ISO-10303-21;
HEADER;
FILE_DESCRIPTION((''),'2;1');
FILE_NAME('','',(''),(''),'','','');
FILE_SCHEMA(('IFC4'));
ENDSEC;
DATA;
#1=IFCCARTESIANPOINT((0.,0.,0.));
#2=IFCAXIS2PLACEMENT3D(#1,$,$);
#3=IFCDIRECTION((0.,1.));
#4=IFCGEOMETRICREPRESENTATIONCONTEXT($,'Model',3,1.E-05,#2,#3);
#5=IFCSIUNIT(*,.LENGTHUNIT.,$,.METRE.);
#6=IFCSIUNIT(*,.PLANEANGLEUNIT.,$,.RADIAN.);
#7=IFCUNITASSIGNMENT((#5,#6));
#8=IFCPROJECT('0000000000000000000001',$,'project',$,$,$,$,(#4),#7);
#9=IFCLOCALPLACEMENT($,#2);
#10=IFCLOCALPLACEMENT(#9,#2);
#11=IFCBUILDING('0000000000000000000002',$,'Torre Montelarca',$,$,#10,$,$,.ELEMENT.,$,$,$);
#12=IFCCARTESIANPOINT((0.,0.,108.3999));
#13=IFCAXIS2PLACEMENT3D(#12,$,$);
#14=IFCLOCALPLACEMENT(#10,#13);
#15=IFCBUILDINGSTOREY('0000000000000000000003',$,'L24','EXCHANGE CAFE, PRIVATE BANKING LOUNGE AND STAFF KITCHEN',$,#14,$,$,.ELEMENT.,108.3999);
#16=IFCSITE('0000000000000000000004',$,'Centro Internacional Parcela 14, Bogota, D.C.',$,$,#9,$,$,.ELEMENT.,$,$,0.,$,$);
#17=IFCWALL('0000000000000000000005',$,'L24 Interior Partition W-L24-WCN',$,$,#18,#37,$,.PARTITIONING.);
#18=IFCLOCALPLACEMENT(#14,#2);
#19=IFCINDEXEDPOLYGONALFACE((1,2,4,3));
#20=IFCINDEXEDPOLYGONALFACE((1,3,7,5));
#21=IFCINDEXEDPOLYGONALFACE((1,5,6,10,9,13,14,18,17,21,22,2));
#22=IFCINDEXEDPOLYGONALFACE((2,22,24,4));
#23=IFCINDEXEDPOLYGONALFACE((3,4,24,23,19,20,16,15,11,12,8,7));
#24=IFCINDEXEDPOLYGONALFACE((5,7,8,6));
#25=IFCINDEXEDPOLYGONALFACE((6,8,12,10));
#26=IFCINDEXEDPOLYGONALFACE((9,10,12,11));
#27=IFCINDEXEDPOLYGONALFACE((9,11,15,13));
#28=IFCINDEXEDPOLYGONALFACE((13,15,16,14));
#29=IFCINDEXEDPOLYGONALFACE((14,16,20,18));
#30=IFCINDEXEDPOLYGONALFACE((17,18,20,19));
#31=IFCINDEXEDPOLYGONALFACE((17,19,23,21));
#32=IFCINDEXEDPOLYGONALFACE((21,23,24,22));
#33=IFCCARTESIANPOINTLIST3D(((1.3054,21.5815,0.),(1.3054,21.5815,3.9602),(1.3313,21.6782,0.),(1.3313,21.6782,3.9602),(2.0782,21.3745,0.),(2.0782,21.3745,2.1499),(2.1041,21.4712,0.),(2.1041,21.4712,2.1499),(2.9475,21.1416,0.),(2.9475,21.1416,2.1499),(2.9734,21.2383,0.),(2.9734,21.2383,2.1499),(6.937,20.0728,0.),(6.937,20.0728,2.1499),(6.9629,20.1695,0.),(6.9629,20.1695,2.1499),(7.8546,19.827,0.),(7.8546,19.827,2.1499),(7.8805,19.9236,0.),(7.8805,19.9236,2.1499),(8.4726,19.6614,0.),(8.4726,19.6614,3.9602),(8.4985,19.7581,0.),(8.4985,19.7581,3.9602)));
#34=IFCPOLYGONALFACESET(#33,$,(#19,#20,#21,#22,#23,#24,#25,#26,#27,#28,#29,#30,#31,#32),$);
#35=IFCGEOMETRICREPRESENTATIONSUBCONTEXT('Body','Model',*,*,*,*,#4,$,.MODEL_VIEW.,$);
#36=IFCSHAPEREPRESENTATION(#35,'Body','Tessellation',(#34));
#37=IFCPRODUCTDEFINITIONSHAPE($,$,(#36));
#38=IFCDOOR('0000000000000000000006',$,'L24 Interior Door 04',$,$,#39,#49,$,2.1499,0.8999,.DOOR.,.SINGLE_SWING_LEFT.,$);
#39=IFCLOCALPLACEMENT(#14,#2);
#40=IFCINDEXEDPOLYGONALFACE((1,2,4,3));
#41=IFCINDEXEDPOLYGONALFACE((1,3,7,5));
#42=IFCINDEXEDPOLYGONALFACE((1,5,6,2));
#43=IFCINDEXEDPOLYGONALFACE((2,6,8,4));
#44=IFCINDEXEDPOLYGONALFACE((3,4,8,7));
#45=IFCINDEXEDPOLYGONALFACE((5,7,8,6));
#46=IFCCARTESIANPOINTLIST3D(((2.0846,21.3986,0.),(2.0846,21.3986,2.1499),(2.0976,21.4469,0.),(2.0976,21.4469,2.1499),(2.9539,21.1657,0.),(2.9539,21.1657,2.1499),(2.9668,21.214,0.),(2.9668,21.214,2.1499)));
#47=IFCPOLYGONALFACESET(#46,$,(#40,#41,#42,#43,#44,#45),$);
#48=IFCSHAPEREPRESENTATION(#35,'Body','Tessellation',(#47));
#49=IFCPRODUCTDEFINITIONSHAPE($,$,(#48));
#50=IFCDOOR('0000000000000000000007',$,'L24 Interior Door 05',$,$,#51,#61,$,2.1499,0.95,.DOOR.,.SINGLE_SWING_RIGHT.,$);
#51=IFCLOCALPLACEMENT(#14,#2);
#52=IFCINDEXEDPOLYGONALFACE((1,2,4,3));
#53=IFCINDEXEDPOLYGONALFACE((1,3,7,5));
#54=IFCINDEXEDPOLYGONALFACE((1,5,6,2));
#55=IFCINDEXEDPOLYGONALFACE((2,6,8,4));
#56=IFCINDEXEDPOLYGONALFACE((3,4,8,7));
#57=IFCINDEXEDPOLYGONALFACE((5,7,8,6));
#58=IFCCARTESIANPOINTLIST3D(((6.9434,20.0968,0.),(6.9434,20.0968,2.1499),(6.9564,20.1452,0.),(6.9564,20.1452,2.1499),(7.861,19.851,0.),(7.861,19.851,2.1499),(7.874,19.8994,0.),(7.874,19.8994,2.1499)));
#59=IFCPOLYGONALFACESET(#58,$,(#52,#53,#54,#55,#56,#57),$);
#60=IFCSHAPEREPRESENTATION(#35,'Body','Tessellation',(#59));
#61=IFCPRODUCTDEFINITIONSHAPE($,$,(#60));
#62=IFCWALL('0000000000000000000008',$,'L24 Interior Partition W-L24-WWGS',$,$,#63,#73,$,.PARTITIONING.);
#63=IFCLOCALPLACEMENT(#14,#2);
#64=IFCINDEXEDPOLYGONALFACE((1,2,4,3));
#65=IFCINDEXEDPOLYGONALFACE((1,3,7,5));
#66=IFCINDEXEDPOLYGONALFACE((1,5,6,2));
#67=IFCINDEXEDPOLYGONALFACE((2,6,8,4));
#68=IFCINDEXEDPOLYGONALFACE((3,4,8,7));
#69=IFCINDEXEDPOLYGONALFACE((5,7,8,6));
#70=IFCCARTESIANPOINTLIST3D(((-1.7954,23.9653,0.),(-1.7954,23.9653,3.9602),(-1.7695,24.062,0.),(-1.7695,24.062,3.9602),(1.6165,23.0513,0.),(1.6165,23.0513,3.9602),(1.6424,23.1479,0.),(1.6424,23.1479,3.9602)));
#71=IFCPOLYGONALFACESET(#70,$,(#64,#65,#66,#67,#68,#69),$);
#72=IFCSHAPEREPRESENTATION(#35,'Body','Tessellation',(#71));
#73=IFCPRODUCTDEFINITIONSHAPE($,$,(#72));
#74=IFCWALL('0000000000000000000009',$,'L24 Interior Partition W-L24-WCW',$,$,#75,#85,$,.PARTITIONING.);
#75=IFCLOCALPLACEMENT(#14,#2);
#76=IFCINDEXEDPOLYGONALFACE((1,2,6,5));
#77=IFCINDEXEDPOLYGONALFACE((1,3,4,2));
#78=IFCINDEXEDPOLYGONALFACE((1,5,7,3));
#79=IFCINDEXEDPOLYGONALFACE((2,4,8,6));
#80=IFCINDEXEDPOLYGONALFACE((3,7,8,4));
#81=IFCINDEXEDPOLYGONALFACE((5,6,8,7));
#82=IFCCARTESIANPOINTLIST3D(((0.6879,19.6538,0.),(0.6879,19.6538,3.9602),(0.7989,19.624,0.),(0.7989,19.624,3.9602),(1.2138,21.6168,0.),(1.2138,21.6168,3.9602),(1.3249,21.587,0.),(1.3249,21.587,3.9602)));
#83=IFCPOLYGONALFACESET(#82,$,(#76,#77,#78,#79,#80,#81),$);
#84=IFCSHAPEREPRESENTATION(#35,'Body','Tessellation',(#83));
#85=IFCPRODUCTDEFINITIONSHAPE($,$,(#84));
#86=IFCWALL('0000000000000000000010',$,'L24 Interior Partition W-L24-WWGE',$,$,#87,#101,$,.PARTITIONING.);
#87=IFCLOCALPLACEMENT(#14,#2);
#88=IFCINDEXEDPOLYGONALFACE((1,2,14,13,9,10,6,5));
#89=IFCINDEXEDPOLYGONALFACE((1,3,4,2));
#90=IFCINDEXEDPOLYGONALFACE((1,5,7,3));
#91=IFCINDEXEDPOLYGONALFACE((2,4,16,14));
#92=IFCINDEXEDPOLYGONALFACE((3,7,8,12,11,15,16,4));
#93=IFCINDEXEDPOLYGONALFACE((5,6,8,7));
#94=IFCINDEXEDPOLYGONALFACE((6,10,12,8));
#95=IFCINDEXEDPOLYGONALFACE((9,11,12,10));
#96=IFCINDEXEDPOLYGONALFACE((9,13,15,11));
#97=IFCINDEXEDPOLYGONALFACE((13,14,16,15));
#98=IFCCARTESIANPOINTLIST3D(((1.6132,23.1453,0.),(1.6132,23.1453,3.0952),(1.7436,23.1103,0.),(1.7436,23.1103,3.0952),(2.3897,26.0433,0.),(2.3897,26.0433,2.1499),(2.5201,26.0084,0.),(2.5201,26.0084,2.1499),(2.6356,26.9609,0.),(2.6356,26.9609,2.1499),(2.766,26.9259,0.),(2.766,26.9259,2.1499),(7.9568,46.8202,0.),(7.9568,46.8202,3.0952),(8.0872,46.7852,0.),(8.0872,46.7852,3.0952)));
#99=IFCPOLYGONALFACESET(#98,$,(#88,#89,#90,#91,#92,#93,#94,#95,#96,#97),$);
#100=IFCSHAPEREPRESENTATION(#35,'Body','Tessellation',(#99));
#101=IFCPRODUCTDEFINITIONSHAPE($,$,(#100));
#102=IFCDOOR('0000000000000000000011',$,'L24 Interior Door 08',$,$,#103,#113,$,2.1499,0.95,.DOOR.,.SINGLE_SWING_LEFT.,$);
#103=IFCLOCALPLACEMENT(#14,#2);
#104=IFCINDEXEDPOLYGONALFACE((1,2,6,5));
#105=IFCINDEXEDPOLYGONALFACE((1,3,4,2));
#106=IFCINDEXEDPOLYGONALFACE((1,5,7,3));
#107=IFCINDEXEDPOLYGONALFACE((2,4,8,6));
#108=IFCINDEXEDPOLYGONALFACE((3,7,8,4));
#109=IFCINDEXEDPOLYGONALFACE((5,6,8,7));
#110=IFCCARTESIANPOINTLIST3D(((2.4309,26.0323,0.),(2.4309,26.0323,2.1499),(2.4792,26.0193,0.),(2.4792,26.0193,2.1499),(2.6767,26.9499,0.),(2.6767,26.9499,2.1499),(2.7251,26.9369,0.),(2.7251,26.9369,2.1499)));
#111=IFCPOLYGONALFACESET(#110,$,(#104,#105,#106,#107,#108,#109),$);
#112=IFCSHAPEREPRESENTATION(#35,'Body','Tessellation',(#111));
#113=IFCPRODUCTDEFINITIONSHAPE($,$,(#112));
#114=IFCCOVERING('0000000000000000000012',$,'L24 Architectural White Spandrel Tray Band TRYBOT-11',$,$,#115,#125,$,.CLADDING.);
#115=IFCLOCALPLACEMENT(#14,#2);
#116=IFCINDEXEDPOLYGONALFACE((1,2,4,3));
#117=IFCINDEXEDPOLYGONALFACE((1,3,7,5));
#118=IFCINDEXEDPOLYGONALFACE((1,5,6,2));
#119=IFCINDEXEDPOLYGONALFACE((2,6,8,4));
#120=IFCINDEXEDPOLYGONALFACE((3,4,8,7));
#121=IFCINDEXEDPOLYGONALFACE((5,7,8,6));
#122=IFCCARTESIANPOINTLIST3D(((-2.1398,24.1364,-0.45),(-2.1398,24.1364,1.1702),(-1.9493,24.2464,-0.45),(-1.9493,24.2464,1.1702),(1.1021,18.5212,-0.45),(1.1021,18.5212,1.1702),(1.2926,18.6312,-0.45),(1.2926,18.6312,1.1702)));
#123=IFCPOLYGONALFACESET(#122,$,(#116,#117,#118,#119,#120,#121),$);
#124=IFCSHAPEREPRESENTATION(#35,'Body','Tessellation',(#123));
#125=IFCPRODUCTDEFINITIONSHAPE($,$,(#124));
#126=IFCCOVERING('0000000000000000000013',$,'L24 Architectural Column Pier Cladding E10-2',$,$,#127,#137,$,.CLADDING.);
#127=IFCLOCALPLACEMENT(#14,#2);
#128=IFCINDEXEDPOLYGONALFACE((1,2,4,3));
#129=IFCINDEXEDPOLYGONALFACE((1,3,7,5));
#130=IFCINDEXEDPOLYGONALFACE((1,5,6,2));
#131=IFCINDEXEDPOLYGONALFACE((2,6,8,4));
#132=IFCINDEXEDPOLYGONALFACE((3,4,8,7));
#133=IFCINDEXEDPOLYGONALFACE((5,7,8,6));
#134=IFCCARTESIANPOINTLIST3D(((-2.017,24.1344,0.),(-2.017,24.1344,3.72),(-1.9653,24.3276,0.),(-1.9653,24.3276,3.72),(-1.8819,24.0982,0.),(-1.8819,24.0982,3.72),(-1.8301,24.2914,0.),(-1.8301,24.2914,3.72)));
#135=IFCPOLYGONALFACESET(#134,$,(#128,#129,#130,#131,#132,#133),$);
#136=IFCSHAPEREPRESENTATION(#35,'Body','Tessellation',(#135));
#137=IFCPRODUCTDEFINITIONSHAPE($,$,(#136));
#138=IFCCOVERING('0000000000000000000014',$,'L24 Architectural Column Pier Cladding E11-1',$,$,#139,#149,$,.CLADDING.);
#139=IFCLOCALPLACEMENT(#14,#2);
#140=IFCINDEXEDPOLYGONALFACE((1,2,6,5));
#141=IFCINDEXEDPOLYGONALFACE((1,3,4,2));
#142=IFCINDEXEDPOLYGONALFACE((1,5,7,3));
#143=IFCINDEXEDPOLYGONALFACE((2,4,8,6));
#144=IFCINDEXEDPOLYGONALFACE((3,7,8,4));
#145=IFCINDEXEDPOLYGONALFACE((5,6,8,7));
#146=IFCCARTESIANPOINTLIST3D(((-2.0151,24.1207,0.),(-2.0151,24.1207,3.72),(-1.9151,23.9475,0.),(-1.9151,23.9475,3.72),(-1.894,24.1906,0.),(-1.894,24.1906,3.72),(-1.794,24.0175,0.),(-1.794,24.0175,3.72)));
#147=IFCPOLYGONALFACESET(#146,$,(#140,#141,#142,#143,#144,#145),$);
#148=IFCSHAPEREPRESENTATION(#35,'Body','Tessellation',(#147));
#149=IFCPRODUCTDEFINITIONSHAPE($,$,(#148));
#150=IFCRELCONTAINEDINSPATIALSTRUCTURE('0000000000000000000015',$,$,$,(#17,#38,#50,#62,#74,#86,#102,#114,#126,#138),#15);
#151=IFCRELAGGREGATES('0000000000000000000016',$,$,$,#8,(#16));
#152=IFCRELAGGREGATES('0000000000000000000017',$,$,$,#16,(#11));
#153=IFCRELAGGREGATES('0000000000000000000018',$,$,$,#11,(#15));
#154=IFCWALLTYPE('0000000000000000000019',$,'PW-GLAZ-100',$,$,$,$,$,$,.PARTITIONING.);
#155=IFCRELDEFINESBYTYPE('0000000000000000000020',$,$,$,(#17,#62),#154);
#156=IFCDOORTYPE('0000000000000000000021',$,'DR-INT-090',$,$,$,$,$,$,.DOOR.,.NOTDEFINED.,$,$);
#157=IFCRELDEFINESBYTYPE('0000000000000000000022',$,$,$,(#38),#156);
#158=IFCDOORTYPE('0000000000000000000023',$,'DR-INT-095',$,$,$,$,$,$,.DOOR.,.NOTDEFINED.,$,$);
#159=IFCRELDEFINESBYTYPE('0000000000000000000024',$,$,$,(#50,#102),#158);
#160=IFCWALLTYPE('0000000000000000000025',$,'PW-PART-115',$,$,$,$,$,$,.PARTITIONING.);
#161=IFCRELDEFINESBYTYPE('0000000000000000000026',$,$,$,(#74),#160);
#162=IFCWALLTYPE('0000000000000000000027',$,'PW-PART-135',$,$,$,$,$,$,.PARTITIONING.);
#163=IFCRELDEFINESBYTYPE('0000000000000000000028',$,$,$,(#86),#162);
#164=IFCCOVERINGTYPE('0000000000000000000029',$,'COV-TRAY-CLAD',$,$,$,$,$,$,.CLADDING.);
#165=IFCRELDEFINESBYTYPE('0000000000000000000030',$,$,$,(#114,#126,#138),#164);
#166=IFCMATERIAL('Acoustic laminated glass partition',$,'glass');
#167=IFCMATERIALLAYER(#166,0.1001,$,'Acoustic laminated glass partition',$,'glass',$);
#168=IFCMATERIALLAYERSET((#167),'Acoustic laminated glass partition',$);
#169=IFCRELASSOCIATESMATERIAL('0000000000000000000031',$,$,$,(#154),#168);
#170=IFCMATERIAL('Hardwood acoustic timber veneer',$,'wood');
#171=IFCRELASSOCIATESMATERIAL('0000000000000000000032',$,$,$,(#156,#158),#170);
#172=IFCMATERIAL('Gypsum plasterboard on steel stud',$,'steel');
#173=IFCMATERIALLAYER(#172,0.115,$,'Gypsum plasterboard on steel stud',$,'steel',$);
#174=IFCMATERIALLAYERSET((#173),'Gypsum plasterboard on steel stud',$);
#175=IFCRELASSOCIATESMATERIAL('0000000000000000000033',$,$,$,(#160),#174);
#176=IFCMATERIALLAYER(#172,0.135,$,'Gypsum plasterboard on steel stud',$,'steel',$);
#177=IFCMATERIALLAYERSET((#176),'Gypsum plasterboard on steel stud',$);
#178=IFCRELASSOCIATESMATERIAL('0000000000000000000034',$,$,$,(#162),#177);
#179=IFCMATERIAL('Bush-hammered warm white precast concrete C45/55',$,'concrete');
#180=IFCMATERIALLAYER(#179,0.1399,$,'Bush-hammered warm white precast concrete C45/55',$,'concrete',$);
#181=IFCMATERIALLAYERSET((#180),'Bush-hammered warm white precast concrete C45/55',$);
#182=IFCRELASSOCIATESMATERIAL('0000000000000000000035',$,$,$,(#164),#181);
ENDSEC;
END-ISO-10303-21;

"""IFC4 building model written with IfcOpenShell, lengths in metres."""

from ifc_helpers import new_model, si_unit, direction, frame, frame_2d, origin, origin_2d, place, context, subcontext, project, spatial, rectangle, extrude, source, transform, mapped, material, layer, layer_set, type_object, element, fill, save


model = new_model("IFC4")

# Units and contexts
model_context = context("Model", 3, precision=1e-05, world=origin(), true_north=direction((0.0, 1.0)))
body_context = subcontext(model_context, "Body", "Model", "MODEL_VIEW")
ifc_project = project(units=[si_unit("LENGTHUNIT", "METRE"), si_unit("PLANEANGLEUNIT", "RADIAN")], contexts=[model_context])

# Site, building, storey
site_placement = place(None, origin())
site = spatial("IfcSite", under=ifc_project, at=site_placement, Name="Centro Internacional Parcela 14, Bogota, D.C.", CompositionType="ELEMENT", RefElevation=0.0)
building_placement = place(site_placement, origin())
building = spatial("IfcBuilding", under=site, at=building_placement, Name="Torre Montelarca", CompositionType="ELEMENT")
storey_placement = place(building_placement, frame((0.0, 0.0, 108.3999)))
storey = spatial("IfcBuildingStorey", under=building, at=storey_placement, Name="L24", Description="EXCHANGE CAFE, PRIVATE BANKING LOUNGE AND STAFF KITCHEN", CompositionType="ELEMENT", Elevation=108.3999)

# Shared definitions
ifc_material_1 = material(Name="Gypsum plasterboard on steel stud", Category="steel")

# Wall, openings, doors
ifc_material_2 = material(Name="Acoustic laminated glass partition", Category="glass")
ifc_layer_1 = layer(ifc_material_2, 0.1001, Name="Acoustic laminated glass partition", Category="glass")
ifc_layer_set_1 = layer_set([ifc_layer_1], Name="Acoustic laminated glass partition")
wall_type_1 = type_object("IfcWallType", Name="PW-GLAZ-100", PredefinedType="PARTITIONING", material=ifc_layer_set_1)
wall_1_placement = place(storey_placement, frame((1.3184, 21.6299, 0.0), z_axis=(0.0, 0.0, 1.0), x_axis=(0.965936, -0.258783, 0.0)))
wall_1 = element("IfcWall", 1, at=wall_1_placement, inside=storey, type_object=wall_type_1, Name="L24 Interior Partition W-L24-WCN", PredefinedType="PARTITIONING", context=body_context, shape_type="SweptSolid", body=[
    extrude(rectangle(XDim=7.4199, YDim=0.1001, at=frame_2d((3.71, 0.0))), origin(), (0.0, 0.0, 1.0), 3.9602),
])
opening_1_placement = place(wall_1_placement, frame((0.8, 0.0, 0.0)))
opening_1 = element("IfcOpeningElement", 2, at=opening_1_placement, cuts=wall_1, PredefinedType="OPENING", context=body_context, shape_type="SweptSolid", body=[
    extrude(rectangle(XDim=0.8999, YDim=2.1499, at=frame_2d((0.45, 1.075))), frame((0.0, 0.0601, 0.0), z_axis=(0.0, -1.0, 0.0), x_axis=(1.0, 0.0, 0.0)), (0.0, 0.0, 1.0), 0.1201),
])
opening_2_placement = place(wall_1_placement, frame((5.8301, 0.0, 0.0)))
opening_2 = element("IfcOpeningElement", 3, at=opening_2_placement, cuts=wall_1, PredefinedType="OPENING", context=body_context, shape_type="SweptSolid", body=[
    extrude(rectangle(XDim=0.95, YDim=2.1499, at=frame_2d((0.4751, 1.075))), frame((0.0, 0.0601, 0.0), z_axis=(0.0, -1.0, 0.0), x_axis=(1.0, 0.0, 0.0)), (0.0, 0.0, 1.0), 0.1201),
])
ifc_material_3 = material(Name="Hardwood acoustic timber veneer", Category="wood")
door_type_1 = type_object("IfcDoorType", Name="DR-INT-090", OperationType="NOTDEFINED", PredefinedType="DOOR", material=ifc_material_3)
shared_shape_1 = source(origin(), body_context, "Body", "SweptSolid", [
    extrude(rectangle(XDim=0.8999, YDim=2.1499, at=frame_2d((0.45, 1.075))), frame((0.0, 0.0249, 0.0), z_axis=(0.0, -1.0, 0.0), x_axis=(1.0, 0.0, 0.0)), (0.0, 0.0, 1.0), 0.05),
])
door_1_placement = place(opening_1_placement, origin())
door_1 = element("IfcDoor", 4, at=door_1_placement, inside=storey, type_object=door_type_1, Name="L24 Interior Door 04", OperationType="SINGLE_SWING_LEFT", OverallHeight=2.1499, OverallWidth=0.8999, PredefinedType="DOOR", context=body_context, shape_type="MappedRepresentation", body=[
    mapped(shared_shape_1, transform((0.0, 0.0, 0.0), scale=1.0)),
])
fill(opening_1, door_1)
door_type_2 = type_object("IfcDoorType", Name="DR-INT-095", OperationType="NOTDEFINED", PredefinedType="DOOR", material=ifc_material_3)
shared_shape_2 = source(origin(), body_context, "Body", "SweptSolid", [
    extrude(rectangle(XDim=0.95, YDim=2.1499, at=frame_2d((0.4751, 1.075))), frame((0.0, 0.0249, 0.0), z_axis=(0.0, -1.0, 0.0), x_axis=(1.0, 0.0, 0.0)), (0.0, 0.0, 1.0), 0.05),
])
door_2_placement = place(opening_2_placement, origin())
door_2 = element("IfcDoor", 5, at=door_2_placement, inside=storey, type_object=door_type_2, Name="L24 Interior Door 05", OperationType="SINGLE_SWING_RIGHT", OverallHeight=2.1499, OverallWidth=0.95, PredefinedType="DOOR", context=body_context, shape_type="MappedRepresentation", body=[
    mapped(shared_shape_2, transform((0.0, 0.0, 0.0), scale=1.0)),
])
fill(opening_2, door_2)

# Walls
wall_2_placement = place(storey_placement, frame((-1.7825, 24.0137, 0.0), z_axis=(0.0, 0.0, 1.0), x_axis=(0.965936, -0.258781, 0.0)))
element("IfcWall", 6, at=wall_2_placement, inside=storey, type_object=wall_type_1, Name="L24 Interior Partition W-L24-WWGS", PredefinedType="PARTITIONING", context=body_context, shape_type="SweptSolid", body=[
    extrude(rectangle(XDim=3.5322, YDim=0.1001, at=frame_2d((1.7661, 0.0))), origin(), (0.0, 0.0, 1.0), 3.9602),
])
ifc_layer_2 = layer(ifc_material_1, 0.115, Name="Gypsum plasterboard on steel stud", Category="steel")
ifc_layer_set_2 = layer_set([ifc_layer_2], Name="Gypsum plasterboard on steel stud")
wall_type_2 = type_object("IfcWallType", Name="PW-PART-115", PredefinedType="PARTITIONING", material=ifc_layer_set_2)
wall_3_placement = place(storey_placement, frame((0.7434, 19.6389, 0.0), z_axis=(0.0, 0.0, 1.0), x_axis=(0.258784, 0.965935, 0.0)))
element("IfcWall", 7, at=wall_3_placement, inside=storey, type_object=wall_type_2, Name="L24 Interior Partition W-L24-WCW", PredefinedType="PARTITIONING", context=body_context, shape_type="SweptSolid", body=[
    extrude(rectangle(XDim=2.0322, YDim=0.115, at=frame_2d((1.0161, 0.0))), origin(), (0.0, 0.0, 1.0), 3.9602),
])

# Wall, opening, door
ifc_layer_3 = layer(ifc_material_1, 0.135, Name="Gypsum plasterboard on steel stud", Category="steel")
ifc_layer_set_3 = layer_set([ifc_layer_3], Name="Gypsum plasterboard on steel stud")
wall_type_3 = type_object("IfcWallType", Name="PW-PART-135", PredefinedType="PARTITIONING", material=ifc_layer_set_3)
wall_4_placement = place(storey_placement, frame((1.6785, 23.1279, 0.0), z_axis=(0.0, 0.0, 1.0), x_axis=(0.258814, 0.965927, 0.0)))
wall_4 = element("IfcWall", 8, at=wall_4_placement, inside=storey, type_object=wall_type_3, Name="L24 Interior Partition W-L24-WWGE", PredefinedType="PARTITIONING", context=body_context, shape_type="SweptSolid", body=[
    extrude(rectangle(XDim=24.51, YDim=0.135, at=frame_2d((12.2549, 0.0))), origin(), (0.0, 0.0, 1.0), 3.0952),
])
opening_3_placement = place(wall_4_placement, frame((3.0, 0.0, 0.0)))
opening_3 = element("IfcOpeningElement", 9, at=opening_3_placement, cuts=wall_4, PredefinedType="OPENING", context=body_context, shape_type="SweptSolid", body=[
    extrude(rectangle(XDim=0.95, YDim=2.1499, at=frame_2d((0.4751, 1.075))), frame((0.0, 0.0776, 0.0), z_axis=(0.0, -1.0, 0.0), x_axis=(1.0, 0.0, 0.0)), (0.0, 0.0, 1.0), 0.155),
])
door_3_placement = place(opening_3_placement, origin())
door_3 = element("IfcDoor", 10, at=door_3_placement, inside=storey, type_object=door_type_2, Name="L24 Interior Door 08", OperationType="SINGLE_SWING_LEFT", OverallHeight=2.1499, OverallWidth=0.95, PredefinedType="DOOR", context=body_context, shape_type="MappedRepresentation", body=[
    mapped(shared_shape_2, transform((0.0, 0.0, 0.0), scale=1.0)),
])
fill(opening_3, door_3)

# Coverings
ifc_material_4 = material(Name="Bush-hammered warm white precast concrete C45/55", Category="concrete")
ifc_layer_4 = layer(ifc_material_4, 0.1399, Name="Bush-hammered warm white precast concrete C45/55", Category="concrete")
ifc_layer_set_4 = layer_set([ifc_layer_4], Name="Bush-hammered warm white precast concrete C45/55")
covering_type = type_object("IfcCoveringType", Name="COV-TRAY-CLAD", PredefinedType="CLADDING", material=ifc_layer_set_4)
shared_shape_3 = source(origin(), body_context, "Body", "SweptSolid", [
    extrude(rectangle(XDim=6.4839, YDim=0.22, at=origin_2d()), origin(), (0.0, 0.0, 1.0), 1.6201),
])
covering_placement = place(storey_placement, frame((-0.4236, 21.3838, -0.45), z_axis=(0.0, 0.0, 1.0), x_axis=(0.499998, -0.866026, 0.0)))
element("IfcCovering", 11, at=covering_placement, inside=storey, type_object=covering_type, Name="L24 Architectural White Spandrel Tray Band TRYBOT-11", PredefinedType="CLADDING", context=body_context, shape_type="MappedRepresentation", body=[
    mapped(shared_shape_3, transform((0.0, 0.0, 0.0), scale=1.0)),
])
shared_shape_4 = source(origin(), body_context, "Body", "SweptSolid", [
    extrude(rectangle(XDim=0.2, YDim=0.1399, at=origin_2d()), origin(), (0.0, 0.0, 1.0), 3.72),
])
for number, where, z_axis, x_axis, name in (
    (12, (-1.9236, 24.2129, 0.0), (0.0, 0.0, 1.0), (-0.258819, -0.965926, 0.0), "L24 Architectural Column Pier Cladding E10-2"),
    (13, (-1.9045, 24.0691, 0.0), (0.0, 0.0, 1.0), (0.500002, -0.866025, 0.0), "L24 Architectural Column Pier Cladding E11-1"),
):
    element("IfcCovering", number, at=place(storey_placement, frame(where, z_axis=z_axis, x_axis=x_axis)), inside=storey, type_object=covering_type, Name=name, PredefinedType="CLADDING", context=body_context, shape_type="MappedRepresentation", body=[
        mapped(shared_shape_4, transform((0.0, 0.0, 0.0), scale=1.0)),
    ])

save(model, "model.ifc")
